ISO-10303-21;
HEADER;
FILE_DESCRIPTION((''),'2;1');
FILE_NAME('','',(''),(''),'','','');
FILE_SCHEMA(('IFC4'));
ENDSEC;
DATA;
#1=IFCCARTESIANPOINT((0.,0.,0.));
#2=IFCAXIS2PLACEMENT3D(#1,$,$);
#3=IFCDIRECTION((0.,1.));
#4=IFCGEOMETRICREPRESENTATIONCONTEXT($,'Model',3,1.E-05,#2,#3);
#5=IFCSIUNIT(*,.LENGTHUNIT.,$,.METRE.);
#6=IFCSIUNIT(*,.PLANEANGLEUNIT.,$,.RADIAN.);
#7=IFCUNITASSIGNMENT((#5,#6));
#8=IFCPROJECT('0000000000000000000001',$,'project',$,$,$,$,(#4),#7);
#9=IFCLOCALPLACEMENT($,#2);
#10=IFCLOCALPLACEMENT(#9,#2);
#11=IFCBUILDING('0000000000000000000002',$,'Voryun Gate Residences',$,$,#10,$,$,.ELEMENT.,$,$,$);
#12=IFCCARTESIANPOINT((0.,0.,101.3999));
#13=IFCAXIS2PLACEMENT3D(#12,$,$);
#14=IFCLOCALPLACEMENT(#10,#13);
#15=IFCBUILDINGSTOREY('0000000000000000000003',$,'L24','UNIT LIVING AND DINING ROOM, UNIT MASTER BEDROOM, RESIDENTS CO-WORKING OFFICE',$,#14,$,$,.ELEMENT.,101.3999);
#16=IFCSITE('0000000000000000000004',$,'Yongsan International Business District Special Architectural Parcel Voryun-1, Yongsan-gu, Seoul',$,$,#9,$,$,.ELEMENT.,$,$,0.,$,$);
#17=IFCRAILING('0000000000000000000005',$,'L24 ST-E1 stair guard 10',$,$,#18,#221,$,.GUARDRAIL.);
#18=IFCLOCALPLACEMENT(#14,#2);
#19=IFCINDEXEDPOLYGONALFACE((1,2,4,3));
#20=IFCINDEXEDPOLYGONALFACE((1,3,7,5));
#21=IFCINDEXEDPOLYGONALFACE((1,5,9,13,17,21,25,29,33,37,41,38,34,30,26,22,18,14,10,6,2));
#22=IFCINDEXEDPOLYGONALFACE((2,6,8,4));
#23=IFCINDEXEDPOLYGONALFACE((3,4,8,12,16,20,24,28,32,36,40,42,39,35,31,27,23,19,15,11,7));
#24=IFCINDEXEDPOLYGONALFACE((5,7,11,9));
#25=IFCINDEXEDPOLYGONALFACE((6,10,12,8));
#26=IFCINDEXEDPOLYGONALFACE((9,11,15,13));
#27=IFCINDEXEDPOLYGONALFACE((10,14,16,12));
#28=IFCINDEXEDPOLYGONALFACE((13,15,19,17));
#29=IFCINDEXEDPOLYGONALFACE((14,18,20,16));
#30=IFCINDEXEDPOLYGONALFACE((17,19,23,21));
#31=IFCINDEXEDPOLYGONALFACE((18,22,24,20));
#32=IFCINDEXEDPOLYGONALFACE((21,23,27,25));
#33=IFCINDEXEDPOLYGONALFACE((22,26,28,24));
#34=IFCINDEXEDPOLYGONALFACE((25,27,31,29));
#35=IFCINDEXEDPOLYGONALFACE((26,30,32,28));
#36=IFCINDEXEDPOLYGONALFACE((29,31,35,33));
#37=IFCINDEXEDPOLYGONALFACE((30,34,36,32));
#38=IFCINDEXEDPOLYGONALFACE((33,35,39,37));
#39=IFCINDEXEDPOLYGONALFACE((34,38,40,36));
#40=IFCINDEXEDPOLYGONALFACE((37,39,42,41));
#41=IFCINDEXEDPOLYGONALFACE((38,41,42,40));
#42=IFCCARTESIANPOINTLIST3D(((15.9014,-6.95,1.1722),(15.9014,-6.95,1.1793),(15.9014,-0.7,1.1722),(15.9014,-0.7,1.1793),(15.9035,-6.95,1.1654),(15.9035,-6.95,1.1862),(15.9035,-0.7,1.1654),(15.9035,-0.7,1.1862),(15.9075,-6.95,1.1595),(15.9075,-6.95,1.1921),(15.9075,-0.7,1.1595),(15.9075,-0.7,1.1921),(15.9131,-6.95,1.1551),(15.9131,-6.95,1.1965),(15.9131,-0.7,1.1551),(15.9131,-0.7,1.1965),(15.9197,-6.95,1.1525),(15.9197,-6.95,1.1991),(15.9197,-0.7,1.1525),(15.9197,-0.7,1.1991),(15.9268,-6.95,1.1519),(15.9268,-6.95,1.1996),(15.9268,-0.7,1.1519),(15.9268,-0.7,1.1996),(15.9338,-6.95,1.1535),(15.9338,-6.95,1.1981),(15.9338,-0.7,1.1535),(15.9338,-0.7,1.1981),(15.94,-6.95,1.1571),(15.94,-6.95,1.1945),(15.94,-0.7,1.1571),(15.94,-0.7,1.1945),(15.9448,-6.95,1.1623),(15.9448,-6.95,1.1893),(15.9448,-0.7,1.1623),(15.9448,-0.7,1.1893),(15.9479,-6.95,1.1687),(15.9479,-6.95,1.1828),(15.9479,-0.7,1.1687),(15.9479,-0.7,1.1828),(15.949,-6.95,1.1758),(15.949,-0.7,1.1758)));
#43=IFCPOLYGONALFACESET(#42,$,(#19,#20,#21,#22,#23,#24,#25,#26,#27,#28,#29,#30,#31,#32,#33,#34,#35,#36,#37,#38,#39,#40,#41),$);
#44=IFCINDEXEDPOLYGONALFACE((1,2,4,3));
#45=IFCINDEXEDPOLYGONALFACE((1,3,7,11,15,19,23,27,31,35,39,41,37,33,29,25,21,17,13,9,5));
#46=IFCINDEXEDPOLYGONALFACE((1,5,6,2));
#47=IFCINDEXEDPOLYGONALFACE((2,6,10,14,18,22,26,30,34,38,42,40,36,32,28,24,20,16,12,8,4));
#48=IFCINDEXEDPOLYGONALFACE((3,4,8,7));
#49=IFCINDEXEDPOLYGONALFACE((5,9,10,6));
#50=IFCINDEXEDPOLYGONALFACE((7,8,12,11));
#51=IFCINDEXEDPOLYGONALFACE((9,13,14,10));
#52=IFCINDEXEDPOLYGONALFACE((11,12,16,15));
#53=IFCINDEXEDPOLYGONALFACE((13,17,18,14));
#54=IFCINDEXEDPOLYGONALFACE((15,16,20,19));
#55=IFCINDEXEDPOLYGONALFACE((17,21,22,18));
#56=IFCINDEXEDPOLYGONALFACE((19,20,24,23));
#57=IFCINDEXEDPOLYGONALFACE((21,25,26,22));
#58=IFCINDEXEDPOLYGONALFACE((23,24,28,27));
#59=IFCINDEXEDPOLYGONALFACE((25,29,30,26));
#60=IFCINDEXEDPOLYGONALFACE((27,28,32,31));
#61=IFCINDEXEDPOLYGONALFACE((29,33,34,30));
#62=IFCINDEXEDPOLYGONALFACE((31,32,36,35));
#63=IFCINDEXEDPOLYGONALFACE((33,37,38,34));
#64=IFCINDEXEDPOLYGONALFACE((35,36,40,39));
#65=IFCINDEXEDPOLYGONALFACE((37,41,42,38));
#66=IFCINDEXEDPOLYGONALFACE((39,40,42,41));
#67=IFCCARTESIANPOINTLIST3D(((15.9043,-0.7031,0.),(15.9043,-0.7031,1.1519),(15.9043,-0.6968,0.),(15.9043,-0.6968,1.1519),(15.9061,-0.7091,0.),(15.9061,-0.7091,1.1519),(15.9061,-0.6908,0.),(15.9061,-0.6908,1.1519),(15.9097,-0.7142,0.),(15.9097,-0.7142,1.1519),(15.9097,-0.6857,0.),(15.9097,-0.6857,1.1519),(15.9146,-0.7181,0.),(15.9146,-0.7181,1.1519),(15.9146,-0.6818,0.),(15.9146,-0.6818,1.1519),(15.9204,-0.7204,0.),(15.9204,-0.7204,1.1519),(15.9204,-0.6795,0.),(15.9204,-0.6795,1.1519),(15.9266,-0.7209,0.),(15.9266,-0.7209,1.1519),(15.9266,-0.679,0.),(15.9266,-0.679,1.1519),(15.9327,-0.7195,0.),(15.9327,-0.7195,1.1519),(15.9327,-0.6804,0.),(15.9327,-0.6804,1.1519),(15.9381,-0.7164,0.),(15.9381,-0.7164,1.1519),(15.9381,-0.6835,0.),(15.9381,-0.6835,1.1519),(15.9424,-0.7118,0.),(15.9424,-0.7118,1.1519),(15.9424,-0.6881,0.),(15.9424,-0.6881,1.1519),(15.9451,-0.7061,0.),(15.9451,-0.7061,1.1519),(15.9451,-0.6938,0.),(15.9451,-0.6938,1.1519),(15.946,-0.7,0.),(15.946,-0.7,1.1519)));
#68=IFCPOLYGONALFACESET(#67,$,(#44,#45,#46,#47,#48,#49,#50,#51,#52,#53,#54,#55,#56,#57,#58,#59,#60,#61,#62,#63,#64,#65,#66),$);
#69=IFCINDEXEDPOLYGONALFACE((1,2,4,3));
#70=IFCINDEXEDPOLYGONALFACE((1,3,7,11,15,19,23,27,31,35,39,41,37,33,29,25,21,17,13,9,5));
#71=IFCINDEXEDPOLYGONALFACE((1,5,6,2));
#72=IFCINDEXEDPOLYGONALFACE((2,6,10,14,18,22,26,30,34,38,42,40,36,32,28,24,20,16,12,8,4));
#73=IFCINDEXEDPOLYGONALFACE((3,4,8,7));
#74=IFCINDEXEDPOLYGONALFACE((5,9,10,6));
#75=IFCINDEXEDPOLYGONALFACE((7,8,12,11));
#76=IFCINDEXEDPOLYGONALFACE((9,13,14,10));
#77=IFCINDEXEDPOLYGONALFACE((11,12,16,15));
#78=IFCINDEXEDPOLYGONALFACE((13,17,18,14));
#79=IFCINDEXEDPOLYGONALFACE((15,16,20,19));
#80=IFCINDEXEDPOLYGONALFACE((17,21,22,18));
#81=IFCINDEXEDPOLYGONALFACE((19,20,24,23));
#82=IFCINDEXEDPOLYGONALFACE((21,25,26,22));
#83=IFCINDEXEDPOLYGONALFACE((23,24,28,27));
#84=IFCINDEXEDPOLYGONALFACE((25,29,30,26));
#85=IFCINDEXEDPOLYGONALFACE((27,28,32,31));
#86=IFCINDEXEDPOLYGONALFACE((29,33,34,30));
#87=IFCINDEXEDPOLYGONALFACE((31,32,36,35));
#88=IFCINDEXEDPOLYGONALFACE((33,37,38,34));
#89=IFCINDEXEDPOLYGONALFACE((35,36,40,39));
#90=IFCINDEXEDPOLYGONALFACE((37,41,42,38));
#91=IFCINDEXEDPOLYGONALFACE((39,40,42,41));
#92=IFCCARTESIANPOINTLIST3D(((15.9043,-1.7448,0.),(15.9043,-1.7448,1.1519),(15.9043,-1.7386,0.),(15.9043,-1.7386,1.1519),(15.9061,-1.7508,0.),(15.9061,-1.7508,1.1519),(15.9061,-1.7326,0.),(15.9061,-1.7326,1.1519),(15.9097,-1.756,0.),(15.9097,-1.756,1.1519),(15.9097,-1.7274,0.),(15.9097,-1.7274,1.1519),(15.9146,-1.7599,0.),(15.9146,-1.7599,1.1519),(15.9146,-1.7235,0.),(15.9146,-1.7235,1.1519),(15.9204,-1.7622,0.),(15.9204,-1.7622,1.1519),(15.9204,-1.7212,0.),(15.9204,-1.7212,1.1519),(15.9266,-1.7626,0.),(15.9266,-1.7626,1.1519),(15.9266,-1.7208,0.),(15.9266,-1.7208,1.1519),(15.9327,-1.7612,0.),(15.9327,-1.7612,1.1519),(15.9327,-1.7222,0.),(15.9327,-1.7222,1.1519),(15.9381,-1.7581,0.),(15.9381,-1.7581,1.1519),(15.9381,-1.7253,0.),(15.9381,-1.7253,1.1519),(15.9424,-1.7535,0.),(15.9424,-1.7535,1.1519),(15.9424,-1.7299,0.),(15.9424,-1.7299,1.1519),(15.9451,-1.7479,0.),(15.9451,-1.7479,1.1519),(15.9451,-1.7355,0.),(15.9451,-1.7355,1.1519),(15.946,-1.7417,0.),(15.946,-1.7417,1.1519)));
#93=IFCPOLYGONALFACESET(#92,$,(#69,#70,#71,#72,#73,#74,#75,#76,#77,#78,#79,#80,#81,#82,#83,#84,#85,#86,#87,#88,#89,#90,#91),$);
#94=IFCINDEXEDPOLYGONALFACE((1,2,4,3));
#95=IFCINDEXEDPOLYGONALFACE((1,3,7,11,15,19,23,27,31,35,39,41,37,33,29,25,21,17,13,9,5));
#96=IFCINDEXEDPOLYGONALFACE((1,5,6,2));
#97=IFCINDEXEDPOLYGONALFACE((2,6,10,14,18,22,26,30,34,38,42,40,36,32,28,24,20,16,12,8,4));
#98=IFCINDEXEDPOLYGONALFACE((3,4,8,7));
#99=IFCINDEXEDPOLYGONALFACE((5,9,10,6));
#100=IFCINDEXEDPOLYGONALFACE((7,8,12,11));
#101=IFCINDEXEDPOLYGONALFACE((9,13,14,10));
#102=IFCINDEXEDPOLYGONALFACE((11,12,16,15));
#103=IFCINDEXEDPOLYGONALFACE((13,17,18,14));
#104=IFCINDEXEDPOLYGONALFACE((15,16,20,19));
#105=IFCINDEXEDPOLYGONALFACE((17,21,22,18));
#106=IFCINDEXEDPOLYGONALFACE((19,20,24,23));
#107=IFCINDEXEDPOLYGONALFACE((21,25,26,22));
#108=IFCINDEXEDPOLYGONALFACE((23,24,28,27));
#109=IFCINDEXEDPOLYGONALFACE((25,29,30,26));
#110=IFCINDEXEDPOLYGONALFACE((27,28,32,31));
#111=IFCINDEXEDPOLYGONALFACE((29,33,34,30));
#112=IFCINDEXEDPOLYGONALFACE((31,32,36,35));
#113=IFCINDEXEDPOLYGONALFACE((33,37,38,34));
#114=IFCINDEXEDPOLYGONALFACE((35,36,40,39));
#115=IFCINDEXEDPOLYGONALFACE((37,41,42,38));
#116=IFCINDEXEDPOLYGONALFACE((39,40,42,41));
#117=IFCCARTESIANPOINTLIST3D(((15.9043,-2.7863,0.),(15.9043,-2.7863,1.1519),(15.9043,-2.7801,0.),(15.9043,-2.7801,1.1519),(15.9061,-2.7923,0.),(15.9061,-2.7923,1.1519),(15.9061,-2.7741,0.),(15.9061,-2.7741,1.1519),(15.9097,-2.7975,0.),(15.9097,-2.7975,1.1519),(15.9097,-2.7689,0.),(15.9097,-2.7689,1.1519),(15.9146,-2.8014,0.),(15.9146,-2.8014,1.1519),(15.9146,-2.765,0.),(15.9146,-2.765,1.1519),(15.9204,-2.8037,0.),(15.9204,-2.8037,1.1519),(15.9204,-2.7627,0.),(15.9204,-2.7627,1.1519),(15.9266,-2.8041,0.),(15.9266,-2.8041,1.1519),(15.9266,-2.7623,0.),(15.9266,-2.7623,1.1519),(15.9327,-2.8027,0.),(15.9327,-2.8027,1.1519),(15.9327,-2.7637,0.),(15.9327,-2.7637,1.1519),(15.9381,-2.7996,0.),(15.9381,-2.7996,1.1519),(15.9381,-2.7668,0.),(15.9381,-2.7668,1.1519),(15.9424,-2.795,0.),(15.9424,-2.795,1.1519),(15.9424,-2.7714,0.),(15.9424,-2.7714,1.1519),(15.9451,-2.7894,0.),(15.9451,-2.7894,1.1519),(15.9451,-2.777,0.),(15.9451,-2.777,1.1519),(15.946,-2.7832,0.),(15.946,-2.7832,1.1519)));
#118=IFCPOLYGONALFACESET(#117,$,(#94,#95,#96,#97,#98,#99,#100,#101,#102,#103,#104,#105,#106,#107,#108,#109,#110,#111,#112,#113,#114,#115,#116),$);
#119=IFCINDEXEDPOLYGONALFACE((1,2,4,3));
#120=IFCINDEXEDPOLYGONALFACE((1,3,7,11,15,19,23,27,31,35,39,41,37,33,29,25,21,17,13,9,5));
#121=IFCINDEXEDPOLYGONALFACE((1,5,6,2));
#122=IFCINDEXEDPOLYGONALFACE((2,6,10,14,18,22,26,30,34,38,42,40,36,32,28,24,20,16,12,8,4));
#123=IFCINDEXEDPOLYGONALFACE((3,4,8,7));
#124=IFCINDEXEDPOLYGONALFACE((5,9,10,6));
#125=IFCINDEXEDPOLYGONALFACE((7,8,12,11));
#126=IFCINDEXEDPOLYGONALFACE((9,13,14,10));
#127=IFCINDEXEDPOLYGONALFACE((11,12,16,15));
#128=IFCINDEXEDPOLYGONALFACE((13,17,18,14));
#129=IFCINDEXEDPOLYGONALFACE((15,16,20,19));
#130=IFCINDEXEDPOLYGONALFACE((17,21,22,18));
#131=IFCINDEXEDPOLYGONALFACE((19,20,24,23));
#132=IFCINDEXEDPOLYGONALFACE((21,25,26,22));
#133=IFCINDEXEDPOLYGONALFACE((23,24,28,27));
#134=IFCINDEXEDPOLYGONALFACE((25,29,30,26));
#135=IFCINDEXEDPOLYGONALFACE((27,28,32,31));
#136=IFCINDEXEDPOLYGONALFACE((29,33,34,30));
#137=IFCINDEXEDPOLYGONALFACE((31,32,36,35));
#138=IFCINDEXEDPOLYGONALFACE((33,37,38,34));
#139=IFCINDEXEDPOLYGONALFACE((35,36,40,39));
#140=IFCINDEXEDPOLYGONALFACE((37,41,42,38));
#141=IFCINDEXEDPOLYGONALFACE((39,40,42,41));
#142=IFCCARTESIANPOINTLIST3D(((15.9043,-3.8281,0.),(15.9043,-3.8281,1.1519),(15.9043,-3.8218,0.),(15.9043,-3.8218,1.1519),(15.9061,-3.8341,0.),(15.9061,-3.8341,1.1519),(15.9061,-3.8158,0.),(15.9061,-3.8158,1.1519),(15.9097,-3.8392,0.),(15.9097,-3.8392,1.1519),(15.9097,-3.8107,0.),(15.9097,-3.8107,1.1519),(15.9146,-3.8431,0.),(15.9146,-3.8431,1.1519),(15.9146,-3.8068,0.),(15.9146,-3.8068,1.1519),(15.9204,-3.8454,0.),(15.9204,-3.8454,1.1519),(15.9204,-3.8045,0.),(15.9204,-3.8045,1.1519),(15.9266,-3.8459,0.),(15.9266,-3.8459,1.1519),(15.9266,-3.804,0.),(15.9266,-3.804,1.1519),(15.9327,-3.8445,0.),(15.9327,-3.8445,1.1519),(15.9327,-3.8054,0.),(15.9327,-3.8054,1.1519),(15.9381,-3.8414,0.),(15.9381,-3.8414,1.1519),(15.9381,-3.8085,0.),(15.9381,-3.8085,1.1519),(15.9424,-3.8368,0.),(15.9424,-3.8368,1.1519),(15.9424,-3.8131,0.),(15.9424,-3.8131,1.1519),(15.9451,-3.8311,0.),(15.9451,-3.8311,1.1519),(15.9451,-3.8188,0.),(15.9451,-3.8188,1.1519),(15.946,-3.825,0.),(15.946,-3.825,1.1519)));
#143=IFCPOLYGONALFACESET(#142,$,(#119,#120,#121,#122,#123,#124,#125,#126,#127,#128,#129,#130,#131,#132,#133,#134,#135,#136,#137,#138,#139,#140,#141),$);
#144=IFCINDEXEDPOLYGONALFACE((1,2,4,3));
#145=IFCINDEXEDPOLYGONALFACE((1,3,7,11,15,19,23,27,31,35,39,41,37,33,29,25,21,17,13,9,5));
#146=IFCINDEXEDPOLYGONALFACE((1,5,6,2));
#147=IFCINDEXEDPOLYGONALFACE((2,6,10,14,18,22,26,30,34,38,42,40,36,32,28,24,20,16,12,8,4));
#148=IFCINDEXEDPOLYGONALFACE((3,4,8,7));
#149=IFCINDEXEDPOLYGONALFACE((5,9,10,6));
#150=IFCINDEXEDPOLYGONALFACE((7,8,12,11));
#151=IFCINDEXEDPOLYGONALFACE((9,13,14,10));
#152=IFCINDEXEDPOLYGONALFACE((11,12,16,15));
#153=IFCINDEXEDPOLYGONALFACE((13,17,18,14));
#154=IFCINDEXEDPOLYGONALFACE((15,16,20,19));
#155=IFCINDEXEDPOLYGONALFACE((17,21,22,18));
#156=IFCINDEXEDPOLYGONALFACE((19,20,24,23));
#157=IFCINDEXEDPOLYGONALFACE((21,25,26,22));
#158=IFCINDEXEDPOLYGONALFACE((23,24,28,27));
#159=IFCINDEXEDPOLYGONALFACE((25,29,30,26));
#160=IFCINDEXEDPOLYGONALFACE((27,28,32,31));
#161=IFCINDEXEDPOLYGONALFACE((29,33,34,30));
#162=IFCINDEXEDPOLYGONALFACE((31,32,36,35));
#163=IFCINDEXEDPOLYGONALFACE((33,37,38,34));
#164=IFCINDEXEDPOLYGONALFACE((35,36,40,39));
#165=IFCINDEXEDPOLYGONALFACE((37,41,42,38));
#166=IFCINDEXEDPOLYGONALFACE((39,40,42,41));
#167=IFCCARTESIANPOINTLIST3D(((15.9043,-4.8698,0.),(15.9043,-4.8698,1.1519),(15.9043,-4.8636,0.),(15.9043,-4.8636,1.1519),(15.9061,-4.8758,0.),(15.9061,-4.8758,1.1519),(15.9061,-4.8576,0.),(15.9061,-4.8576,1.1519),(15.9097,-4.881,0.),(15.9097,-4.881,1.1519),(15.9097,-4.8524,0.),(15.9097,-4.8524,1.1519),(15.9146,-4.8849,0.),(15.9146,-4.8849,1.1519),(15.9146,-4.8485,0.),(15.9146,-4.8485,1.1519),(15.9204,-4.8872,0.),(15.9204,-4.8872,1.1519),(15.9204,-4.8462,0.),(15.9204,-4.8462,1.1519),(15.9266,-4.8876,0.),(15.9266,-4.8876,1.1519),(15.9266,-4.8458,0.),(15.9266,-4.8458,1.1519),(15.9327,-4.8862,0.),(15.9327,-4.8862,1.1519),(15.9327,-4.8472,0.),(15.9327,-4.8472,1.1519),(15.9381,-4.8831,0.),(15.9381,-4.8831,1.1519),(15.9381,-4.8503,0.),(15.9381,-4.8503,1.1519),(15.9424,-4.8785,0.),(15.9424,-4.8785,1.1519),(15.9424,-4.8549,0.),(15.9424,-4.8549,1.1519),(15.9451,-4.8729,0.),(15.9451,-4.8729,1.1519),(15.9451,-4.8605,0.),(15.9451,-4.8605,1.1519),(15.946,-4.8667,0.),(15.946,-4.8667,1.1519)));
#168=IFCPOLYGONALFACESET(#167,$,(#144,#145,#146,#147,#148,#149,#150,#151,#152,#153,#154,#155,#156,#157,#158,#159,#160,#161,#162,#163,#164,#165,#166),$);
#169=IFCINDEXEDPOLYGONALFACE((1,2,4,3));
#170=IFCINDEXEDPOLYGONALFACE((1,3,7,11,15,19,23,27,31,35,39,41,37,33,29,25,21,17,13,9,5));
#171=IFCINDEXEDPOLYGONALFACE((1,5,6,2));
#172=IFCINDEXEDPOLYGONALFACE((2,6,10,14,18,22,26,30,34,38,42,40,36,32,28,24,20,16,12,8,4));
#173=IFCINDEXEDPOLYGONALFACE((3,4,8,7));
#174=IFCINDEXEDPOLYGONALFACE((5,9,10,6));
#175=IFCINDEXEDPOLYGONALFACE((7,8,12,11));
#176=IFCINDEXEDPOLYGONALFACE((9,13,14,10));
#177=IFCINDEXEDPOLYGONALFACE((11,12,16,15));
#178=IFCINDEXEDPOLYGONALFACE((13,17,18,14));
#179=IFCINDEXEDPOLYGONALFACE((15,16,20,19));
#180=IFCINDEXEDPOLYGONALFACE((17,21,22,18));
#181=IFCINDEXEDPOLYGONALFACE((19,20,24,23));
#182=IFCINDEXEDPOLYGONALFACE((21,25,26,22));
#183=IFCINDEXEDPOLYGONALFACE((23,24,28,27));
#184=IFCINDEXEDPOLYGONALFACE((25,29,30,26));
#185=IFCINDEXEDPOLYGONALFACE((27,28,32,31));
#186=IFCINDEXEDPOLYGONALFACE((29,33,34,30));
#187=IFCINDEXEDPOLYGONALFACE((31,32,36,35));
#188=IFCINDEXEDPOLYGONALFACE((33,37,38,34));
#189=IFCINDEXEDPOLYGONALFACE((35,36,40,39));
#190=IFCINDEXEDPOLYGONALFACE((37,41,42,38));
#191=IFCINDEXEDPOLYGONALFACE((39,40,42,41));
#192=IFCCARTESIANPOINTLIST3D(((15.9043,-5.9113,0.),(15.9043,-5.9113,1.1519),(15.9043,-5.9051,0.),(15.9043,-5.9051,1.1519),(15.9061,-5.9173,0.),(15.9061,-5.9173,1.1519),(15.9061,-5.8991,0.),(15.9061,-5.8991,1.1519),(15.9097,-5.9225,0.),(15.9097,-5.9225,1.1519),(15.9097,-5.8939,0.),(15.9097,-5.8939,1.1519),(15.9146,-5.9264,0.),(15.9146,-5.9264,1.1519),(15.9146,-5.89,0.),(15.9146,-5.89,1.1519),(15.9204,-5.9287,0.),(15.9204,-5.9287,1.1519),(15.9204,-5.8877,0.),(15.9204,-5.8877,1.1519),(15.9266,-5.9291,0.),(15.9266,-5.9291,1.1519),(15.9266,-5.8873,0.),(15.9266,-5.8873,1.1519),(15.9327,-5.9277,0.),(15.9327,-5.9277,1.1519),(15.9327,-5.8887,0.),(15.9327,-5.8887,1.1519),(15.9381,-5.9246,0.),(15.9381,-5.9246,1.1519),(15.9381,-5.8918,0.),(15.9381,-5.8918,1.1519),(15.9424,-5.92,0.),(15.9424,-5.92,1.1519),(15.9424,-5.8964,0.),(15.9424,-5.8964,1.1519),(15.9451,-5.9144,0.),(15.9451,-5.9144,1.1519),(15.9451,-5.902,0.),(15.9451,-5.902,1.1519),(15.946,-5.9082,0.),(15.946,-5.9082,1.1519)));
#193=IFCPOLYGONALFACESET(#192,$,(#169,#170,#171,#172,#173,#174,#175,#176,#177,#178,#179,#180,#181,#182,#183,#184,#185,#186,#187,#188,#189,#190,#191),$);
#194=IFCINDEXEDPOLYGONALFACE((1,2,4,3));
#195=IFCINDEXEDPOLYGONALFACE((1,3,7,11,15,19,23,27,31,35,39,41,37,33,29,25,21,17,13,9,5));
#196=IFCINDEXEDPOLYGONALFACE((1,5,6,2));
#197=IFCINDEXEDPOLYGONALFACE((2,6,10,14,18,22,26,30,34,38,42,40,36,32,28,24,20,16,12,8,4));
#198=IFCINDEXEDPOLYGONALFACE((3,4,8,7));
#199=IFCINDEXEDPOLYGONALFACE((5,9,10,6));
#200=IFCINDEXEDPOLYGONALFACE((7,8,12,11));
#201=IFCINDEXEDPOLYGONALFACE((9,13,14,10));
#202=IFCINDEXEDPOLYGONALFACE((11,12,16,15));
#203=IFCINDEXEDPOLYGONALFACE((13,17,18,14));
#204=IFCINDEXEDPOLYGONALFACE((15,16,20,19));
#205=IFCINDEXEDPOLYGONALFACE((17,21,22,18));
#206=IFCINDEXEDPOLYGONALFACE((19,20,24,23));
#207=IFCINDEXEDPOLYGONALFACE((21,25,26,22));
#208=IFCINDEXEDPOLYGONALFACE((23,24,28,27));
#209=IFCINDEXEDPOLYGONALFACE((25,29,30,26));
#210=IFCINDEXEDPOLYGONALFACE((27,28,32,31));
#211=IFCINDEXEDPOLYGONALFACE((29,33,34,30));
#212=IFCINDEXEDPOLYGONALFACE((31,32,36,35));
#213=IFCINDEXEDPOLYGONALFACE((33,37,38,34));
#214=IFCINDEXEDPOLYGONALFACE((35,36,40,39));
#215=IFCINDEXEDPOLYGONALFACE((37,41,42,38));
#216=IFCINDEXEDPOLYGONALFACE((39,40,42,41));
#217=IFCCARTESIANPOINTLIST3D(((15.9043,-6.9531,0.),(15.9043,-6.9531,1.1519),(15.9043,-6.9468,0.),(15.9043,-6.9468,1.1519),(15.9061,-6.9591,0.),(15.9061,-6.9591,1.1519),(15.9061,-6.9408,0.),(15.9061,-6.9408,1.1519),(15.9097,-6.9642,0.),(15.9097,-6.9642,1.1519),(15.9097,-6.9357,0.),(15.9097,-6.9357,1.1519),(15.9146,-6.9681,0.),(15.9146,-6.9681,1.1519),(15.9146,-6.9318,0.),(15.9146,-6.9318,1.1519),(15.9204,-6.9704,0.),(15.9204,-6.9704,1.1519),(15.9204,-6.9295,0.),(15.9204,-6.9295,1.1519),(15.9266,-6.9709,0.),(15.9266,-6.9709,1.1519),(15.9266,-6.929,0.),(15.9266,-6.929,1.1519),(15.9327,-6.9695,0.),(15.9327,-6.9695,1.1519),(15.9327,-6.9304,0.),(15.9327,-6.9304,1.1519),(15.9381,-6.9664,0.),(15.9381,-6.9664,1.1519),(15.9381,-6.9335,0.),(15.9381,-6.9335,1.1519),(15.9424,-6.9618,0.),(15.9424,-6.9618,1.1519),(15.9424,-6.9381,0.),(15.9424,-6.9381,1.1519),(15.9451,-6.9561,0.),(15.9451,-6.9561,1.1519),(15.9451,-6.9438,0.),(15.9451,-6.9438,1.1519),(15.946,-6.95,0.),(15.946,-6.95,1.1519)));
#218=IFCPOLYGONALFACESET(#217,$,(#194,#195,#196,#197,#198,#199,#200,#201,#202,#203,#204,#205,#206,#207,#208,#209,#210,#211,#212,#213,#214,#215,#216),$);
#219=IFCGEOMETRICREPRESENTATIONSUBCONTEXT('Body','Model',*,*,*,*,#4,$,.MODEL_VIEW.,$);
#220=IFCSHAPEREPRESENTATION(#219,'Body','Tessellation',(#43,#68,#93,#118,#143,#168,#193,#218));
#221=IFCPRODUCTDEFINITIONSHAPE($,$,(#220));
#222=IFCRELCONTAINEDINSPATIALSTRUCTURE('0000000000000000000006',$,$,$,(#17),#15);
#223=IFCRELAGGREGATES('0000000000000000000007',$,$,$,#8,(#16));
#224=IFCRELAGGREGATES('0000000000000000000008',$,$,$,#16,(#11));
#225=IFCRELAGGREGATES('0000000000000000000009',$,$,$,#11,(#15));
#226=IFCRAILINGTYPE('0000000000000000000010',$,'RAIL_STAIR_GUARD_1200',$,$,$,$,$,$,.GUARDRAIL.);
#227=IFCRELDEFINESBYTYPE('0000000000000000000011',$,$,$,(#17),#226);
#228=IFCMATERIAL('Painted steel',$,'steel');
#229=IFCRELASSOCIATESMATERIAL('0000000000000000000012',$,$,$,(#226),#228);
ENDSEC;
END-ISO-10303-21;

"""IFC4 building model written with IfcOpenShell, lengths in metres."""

from ifc_helpers import new_model, si_unit, direction, frame, origin, origin_2d, place, context, subcontext, project, spatial, circle, extrude, material, type_object, element, save


model = new_model("IFC4")

# Units and contexts
model_context = context("Model", 3, precision=1e-05, world=origin(), true_north=direction((0.0, 1.0)))
body_context = subcontext(model_context, "Body", "Model", "MODEL_VIEW")
ifc_project = project(units=[si_unit("LENGTHUNIT", "METRE"), si_unit("PLANEANGLEUNIT", "RADIAN")], contexts=[model_context])

# Site, building, storey
site_placement = place(None, origin())
site = spatial("IfcSite", under=ifc_project, at=site_placement, Name="Yongsan International Business District Special Architectural Parcel Voryun-1, Yongsan-gu, Seoul", CompositionType="ELEMENT", RefElevation=0.0)
building_placement = place(site_placement, origin())
building = spatial("IfcBuilding", under=site, at=building_placement, Name="Voryun Gate Residences", CompositionType="ELEMENT")
storey_placement = place(building_placement, frame((0.0, 0.0, 101.3999)))
storey = spatial("IfcBuildingStorey", under=building, at=storey_placement, Name="L24", Description="UNIT LIVING AND DINING ROOM, UNIT MASTER BEDROOM, RESIDENTS CO-WORKING OFFICE", CompositionType="ELEMENT", Elevation=101.3999)

# Railing
ifc_material_1 = material(Name="Painted steel", Category="steel")
railing_type = type_object("IfcRailingType", Name="RAIL_STAIR_GUARD_1200", PredefinedType="GUARDRAIL", material=ifc_material_1)
railing_1_placement = place(storey_placement, frame((15.925, -0.7, 0.0)))
element("IfcRailing", 1, at=railing_1_placement, inside=storey, type_object=railing_type, Name="L24 ST-E1 stair guard 10", PredefinedType="GUARDRAIL", context=body_context, shape_type="SweptSolid", body=[
    extrude(circle(Radius=0.0239, at=origin_2d()), frame((0.0, 0.0, 1.1758), z_axis=(0.0, -1.0, 0.0), x_axis=(1.0, 0.0, 0.0)), (0.0, 0.0, 1.0), 6.25),
    extrude(circle(Radius=0.021, at=origin_2d()), origin(), (0.0, 0.0, 1.0), 1.1519),
    extrude(circle(Radius=0.021, at=origin_2d()), frame((0.0, -1.0417, 0.0)), (0.0, 0.0, 1.0), 1.1519),
    extrude(circle(Radius=0.021, at=origin_2d()), frame((0.0, -2.0833, 0.0)), (0.0, 0.0, 1.0), 1.1519),
    extrude(circle(Radius=0.021, at=origin_2d()), frame((0.0, -3.125, 0.0)), (0.0, 0.0, 1.0), 1.1519),
    extrude(circle(Radius=0.021, at=origin_2d()), frame((0.0, -4.1667, 0.0)), (0.0, 0.0, 1.0), 1.1519),
    extrude(circle(Radius=0.021, at=origin_2d()), frame((0.0, -5.2083, 0.0)), (0.0, 0.0, 1.0), 1.1519),
    extrude(circle(Radius=0.021, at=origin_2d()), frame((0.0, -6.25, 0.0)), (0.0, 0.0, 1.0), 1.1519),
])

save(model, "model.ifc")
